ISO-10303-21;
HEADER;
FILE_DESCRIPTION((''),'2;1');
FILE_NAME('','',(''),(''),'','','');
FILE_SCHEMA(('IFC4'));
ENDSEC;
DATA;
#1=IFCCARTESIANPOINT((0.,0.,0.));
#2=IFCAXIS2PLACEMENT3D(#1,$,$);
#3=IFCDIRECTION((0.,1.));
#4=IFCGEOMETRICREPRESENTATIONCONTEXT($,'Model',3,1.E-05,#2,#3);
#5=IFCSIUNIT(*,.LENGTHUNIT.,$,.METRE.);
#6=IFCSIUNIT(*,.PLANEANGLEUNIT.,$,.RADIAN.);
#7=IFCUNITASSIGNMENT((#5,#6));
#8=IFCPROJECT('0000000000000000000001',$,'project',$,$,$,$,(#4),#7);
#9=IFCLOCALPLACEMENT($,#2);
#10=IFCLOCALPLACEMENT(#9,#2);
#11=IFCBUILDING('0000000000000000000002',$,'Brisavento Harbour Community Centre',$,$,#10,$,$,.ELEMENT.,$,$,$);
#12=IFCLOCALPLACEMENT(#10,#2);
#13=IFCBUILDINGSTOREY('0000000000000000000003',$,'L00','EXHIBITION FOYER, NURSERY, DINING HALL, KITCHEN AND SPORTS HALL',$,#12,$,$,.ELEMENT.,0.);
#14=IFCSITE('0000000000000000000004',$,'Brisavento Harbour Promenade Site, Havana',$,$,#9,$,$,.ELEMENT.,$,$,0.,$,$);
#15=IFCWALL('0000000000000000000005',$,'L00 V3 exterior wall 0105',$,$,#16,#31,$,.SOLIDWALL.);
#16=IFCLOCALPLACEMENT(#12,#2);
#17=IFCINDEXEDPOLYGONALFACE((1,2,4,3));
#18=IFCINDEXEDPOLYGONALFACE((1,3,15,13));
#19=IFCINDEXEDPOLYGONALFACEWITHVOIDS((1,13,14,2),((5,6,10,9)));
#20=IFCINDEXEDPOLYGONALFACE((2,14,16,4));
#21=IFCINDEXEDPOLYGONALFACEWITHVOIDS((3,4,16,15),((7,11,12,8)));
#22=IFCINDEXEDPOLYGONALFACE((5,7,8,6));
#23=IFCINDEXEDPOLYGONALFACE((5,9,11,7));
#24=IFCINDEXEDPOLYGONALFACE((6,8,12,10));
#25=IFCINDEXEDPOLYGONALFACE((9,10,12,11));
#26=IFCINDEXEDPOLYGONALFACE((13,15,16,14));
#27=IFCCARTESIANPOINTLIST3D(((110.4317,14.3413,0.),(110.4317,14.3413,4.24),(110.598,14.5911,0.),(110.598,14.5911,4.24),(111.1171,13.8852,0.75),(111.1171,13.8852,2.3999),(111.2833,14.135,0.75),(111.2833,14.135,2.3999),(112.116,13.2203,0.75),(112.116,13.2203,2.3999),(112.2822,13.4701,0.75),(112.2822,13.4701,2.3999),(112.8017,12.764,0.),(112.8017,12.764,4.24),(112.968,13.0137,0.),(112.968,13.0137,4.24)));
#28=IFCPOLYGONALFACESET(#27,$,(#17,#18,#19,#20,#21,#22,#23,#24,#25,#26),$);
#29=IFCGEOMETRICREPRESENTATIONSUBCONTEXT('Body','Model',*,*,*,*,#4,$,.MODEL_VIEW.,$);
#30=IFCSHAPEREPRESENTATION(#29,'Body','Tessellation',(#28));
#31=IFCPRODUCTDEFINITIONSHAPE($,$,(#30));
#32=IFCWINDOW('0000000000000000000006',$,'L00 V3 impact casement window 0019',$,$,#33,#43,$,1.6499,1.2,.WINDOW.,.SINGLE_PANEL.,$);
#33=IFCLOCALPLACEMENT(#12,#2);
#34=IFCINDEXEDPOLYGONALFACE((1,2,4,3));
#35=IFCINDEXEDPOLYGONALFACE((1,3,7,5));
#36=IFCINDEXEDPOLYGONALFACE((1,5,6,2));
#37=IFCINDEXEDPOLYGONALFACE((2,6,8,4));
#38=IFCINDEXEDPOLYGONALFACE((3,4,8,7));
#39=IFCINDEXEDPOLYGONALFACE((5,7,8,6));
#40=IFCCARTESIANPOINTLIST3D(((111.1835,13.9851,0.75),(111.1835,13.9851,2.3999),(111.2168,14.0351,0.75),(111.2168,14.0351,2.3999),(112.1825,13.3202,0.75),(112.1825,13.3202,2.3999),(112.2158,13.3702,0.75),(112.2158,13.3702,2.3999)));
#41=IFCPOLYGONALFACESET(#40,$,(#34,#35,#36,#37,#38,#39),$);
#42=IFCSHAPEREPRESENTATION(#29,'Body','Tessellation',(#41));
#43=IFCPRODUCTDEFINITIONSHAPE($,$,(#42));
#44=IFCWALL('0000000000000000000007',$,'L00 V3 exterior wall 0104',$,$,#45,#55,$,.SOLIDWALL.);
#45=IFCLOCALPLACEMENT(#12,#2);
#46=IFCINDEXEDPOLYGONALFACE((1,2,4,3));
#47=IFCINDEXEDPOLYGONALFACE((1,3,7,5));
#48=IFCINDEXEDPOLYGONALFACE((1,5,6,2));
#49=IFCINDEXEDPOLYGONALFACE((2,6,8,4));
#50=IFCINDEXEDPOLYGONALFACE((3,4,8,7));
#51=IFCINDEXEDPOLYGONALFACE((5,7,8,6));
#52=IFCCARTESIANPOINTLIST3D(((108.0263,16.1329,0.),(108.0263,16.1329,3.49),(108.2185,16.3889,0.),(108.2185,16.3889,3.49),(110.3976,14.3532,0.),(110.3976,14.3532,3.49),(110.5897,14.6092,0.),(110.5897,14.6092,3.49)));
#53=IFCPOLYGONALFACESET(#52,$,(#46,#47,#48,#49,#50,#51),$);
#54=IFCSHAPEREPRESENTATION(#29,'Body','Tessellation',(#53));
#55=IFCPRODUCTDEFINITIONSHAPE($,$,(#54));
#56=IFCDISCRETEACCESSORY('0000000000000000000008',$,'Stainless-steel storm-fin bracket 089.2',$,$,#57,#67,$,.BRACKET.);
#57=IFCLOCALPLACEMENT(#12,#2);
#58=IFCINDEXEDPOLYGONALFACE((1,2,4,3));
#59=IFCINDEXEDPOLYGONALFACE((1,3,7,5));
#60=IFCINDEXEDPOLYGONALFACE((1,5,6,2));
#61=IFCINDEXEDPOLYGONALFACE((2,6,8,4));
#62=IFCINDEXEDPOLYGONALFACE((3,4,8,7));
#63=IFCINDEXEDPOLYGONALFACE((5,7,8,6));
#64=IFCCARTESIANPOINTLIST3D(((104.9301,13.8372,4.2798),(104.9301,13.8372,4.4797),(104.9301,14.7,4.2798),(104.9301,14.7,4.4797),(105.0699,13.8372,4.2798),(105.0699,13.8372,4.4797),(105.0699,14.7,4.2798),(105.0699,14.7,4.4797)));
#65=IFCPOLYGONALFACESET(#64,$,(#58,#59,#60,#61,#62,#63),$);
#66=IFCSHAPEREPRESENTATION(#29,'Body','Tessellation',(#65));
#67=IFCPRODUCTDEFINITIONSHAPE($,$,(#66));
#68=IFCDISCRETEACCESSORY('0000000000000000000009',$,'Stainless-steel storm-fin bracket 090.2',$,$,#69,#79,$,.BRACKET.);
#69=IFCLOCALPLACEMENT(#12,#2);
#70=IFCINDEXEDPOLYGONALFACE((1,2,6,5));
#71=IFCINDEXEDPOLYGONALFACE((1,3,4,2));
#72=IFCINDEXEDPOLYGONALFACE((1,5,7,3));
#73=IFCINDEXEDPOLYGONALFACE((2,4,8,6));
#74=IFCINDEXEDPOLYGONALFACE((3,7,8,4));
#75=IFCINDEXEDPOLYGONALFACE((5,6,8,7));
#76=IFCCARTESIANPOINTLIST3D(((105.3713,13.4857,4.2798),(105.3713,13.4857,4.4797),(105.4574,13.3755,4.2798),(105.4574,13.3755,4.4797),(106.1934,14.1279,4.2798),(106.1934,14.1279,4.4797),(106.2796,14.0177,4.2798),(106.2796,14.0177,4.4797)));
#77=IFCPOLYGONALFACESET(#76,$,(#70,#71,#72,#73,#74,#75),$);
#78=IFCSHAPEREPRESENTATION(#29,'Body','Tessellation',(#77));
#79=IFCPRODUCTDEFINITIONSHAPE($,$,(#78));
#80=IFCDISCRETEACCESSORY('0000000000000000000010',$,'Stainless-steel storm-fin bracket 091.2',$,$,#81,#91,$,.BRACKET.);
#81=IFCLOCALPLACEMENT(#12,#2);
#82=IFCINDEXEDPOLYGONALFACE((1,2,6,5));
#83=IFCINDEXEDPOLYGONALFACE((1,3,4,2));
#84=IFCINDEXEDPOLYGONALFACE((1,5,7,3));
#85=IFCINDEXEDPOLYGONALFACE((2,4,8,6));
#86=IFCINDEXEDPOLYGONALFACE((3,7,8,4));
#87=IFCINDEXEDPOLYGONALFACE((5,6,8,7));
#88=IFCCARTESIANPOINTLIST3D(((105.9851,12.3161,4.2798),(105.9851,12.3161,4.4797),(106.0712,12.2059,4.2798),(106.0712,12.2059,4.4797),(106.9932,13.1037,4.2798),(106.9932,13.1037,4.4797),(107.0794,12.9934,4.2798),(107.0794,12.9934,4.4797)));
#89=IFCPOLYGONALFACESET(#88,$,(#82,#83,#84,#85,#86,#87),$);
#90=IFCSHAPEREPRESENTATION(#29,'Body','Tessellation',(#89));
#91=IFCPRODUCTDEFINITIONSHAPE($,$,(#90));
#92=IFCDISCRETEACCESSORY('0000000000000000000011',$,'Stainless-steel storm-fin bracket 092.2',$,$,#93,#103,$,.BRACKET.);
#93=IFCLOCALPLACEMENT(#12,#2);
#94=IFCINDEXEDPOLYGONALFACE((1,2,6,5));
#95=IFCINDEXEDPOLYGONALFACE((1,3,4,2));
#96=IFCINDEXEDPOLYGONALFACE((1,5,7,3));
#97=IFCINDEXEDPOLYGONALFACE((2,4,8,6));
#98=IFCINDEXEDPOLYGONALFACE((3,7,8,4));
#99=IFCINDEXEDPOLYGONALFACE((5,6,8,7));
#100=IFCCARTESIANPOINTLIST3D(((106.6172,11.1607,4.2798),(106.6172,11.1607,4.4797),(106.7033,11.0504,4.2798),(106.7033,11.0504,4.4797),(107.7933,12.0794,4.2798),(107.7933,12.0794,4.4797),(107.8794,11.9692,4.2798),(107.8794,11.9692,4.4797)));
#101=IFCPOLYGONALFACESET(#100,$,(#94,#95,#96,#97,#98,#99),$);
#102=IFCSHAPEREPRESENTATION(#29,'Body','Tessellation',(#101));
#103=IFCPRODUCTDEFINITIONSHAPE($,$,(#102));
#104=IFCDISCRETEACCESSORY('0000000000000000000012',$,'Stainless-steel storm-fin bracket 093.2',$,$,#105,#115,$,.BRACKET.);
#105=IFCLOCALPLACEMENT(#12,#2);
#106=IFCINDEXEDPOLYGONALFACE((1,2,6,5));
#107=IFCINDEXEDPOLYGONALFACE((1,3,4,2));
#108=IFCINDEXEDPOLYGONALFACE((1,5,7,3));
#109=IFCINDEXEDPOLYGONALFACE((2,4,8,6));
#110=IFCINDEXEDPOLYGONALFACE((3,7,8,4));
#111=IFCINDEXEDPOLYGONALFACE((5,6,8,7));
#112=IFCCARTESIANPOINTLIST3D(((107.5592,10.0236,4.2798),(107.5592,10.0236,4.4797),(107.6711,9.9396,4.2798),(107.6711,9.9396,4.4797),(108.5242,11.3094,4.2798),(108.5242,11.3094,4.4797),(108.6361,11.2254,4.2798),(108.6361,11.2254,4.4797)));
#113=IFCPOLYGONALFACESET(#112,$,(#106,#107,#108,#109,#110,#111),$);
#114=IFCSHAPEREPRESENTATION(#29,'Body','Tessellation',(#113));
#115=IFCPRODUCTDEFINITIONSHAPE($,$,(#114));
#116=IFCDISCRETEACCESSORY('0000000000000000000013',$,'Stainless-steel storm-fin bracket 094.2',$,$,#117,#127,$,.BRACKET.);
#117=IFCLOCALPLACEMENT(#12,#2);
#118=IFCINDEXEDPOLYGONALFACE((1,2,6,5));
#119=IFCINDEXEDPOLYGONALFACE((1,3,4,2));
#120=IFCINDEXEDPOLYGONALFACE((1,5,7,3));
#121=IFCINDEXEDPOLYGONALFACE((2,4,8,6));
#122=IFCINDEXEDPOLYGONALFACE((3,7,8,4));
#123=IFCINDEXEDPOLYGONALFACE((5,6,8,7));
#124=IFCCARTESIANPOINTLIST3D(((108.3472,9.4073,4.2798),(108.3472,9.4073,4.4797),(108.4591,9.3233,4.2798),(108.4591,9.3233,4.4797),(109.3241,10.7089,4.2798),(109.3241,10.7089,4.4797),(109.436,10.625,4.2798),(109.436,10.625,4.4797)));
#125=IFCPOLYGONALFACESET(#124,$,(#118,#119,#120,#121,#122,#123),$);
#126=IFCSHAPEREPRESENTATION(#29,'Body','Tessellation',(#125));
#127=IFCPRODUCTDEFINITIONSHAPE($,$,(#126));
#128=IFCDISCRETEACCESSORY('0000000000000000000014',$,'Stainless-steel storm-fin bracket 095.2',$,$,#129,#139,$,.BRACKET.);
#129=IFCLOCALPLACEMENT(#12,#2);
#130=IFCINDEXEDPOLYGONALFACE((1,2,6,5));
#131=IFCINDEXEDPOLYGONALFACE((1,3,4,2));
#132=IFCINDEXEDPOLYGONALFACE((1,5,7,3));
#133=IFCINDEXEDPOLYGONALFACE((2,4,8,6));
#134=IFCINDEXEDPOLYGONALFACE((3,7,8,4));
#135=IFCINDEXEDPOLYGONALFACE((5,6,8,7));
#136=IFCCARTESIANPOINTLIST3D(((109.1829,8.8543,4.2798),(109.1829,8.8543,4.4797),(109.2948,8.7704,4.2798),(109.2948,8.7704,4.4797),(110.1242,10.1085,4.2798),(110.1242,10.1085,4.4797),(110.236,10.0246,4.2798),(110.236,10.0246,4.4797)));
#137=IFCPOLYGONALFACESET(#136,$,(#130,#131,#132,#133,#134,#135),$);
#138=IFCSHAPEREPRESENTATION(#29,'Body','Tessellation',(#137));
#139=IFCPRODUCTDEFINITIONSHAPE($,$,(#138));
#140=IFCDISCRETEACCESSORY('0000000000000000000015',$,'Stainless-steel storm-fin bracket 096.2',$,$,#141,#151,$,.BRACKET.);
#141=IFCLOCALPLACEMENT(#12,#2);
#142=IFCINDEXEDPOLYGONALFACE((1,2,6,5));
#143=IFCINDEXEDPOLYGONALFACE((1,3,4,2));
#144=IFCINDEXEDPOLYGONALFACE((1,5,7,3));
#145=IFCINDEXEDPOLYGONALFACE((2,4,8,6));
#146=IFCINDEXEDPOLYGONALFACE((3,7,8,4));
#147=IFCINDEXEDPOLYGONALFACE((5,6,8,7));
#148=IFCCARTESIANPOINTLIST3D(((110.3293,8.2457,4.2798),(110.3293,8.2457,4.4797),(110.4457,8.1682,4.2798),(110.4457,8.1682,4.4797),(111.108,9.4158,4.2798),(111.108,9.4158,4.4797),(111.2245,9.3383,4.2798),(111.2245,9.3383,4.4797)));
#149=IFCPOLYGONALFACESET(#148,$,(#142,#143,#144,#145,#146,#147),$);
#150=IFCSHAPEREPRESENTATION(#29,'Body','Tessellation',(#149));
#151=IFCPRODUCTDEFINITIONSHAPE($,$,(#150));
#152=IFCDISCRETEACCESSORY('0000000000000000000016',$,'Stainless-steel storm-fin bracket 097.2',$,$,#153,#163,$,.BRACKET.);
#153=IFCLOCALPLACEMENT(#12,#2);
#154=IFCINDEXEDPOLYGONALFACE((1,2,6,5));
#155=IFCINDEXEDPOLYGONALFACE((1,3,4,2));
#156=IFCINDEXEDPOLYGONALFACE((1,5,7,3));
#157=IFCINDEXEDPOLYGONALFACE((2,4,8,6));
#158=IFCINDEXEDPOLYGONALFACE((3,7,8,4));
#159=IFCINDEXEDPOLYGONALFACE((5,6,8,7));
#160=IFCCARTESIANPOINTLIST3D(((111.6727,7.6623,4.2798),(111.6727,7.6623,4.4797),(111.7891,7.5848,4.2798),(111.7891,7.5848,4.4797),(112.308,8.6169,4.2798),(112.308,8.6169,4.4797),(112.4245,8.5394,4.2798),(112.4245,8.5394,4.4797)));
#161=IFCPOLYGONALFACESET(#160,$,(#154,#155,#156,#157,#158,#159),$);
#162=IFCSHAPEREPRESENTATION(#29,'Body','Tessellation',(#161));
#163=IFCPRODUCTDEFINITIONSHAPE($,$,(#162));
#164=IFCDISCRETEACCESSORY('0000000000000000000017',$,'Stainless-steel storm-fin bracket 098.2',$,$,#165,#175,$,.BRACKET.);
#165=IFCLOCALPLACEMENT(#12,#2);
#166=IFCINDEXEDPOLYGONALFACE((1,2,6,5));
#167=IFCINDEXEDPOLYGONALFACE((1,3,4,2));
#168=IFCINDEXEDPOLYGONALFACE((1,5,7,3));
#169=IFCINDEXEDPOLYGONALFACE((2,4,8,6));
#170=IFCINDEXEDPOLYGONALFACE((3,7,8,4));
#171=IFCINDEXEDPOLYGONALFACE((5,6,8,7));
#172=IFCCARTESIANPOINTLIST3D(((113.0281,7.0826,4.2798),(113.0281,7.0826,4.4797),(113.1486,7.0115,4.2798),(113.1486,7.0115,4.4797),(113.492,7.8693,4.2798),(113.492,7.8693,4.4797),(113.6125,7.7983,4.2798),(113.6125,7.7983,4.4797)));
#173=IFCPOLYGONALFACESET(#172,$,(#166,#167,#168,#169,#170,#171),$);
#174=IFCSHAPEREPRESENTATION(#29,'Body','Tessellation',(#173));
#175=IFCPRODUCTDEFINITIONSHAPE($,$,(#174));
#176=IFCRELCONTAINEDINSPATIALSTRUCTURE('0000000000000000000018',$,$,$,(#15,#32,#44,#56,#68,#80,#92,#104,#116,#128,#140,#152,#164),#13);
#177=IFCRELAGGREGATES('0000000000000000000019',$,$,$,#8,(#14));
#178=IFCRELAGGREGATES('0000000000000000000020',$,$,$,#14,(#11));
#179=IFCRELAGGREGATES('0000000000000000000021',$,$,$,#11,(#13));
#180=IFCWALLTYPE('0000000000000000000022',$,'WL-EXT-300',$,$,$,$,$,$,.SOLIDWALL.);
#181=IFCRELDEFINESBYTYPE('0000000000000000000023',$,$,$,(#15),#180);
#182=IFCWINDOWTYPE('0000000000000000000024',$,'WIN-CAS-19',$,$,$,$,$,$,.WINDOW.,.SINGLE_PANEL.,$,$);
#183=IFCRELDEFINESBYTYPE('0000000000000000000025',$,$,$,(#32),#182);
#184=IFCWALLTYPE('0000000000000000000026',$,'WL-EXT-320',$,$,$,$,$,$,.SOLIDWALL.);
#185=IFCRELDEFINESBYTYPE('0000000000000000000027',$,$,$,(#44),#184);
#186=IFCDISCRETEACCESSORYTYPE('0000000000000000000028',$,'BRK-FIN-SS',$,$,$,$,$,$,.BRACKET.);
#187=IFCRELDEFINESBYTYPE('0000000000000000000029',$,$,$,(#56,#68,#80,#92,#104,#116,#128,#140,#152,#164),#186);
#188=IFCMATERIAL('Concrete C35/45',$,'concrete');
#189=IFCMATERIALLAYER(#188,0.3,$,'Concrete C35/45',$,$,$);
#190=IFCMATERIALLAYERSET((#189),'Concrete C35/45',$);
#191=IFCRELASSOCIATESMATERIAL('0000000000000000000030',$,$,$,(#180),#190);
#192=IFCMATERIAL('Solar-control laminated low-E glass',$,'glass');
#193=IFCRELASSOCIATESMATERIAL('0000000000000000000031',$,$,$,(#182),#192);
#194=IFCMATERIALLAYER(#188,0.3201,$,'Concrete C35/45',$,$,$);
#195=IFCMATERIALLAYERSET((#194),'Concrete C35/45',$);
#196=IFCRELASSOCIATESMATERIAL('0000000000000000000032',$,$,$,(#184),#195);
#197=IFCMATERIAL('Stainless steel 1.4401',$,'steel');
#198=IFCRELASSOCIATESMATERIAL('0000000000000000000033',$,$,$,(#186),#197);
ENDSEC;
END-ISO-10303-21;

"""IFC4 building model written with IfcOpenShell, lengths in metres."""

from ifc_helpers import new_model, si_unit, direction, frame, frame_2d, origin, origin_2d, place, context, subcontext, project, spatial, rectangle, extrude, material, layer, layer_set, type_object, element, fill, save


model = new_model("IFC4")

# Units and contexts
model_context = context("Model", 3, precision=1e-05, world=origin(), true_north=direction((0.0, 1.0)))
body_context = subcontext(model_context, "Body", "Model", "MODEL_VIEW")
ifc_project = project(units=[si_unit("LENGTHUNIT", "METRE"), si_unit("PLANEANGLEUNIT", "RADIAN")], contexts=[model_context])

# Site, building, storey
site_placement = place(None, origin())
site = spatial("IfcSite", under=ifc_project, at=site_placement, Name="Brisavento Harbour Promenade Site, Havana", CompositionType="ELEMENT", RefElevation=0.0)
building_placement = place(site_placement, origin())
building = spatial("IfcBuilding", under=site, at=building_placement, Name="Brisavento Harbour Community Centre", CompositionType="ELEMENT")
storey_placement = place(building_placement, origin())
storey = spatial("IfcBuildingStorey", under=building, at=storey_placement, Name="L00", Description="EXHIBITION FOYER, NURSERY, DINING HALL, KITCHEN AND SPORTS HALL", CompositionType="ELEMENT", Elevation=0.0)

# Shared definitions
ifc_material_1 = material(Name="Concrete C35/45", Category="concrete")

# Shared definitions
ifc_material_2 = material(Name="Solar-control laminated low-E glass", Category="glass")

# Wall, opening, window
ifc_layer_1 = layer(ifc_material_1, 0.3, Name="Concrete C35/45")
ifc_layer_set_1 = layer_set([ifc_layer_1], Name="Concrete C35/45")
wall_type_1 = type_object("IfcWallType", Name="WL-EXT-300", PredefinedType="SOLIDWALL", material=ifc_layer_set_1)
wall_1_placement = place(storey_placement, frame((112.8848, 12.8889, 0.0), z_axis=(0.0, 0.0, 1.0), x_axis=(-0.832485, 0.554047, 0.0)))
wall_1 = element("IfcWall", 1, at=wall_1_placement, inside=storey, type_object=wall_type_1, Name="L00 V3 exterior wall 0105", PredefinedType="SOLIDWALL", context=body_context, shape_type="SweptSolid", body=[
    extrude(rectangle(XDim=2.8469, YDim=0.3, at=frame_2d((1.4233, 0.0))), origin(), (0.0, 0.0, 1.0), 4.24),
])
opening_placement = place(wall_1_placement, frame((0.8235, 0.0, 0.75)))
opening = element("IfcOpeningElement", 2, at=opening_placement, cuts=wall_1, PredefinedType="OPENING", context=body_context, shape_type="SweptSolid", body=[
    extrude(rectangle(XDim=1.2, YDim=1.6499, at=frame_2d((0.6001, 0.825))), frame((0.0, 0.1602, 0.0), z_axis=(0.0, -1.0, 0.0), x_axis=(1.0, 0.0, 0.0)), (0.0, 0.0, 1.0), 0.3201),
])
window_type = type_object("IfcWindowType", Name="WIN-CAS-19", PartitioningType="SINGLE_PANEL", PredefinedType="WINDOW", material=ifc_material_2)
window_placement = place(opening_placement, origin())
window = element("IfcWindow", 3, at=window_placement, inside=storey, type_object=window_type, Name="L00 V3 impact casement window 0019", OverallHeight=1.6499, OverallWidth=1.2, PartitioningType="SINGLE_PANEL", PredefinedType="WINDOW", context=body_context, shape_type="SweptSolid", body=[
    extrude(rectangle(XDim=1.2, YDim=1.6499, at=frame_2d((0.6001, 0.825))), frame((0.0, 0.03, 0.0), z_axis=(0.0, -1.0, 0.0), x_axis=(1.0, 0.0, 0.0)), (0.0, 0.0, 1.0), 0.0601),
])
fill(opening, window)

# Wall
ifc_layer_2 = layer(ifc_material_1, 0.3201, Name="Concrete C35/45")
ifc_layer_set_2 = layer_set([ifc_layer_2], Name="Concrete C35/45")
wall_type_2 = type_object("IfcWallType", Name="WL-EXT-320", PredefinedType="SOLIDWALL", material=ifc_layer_set_2)
wall_2_placement = place(storey_placement, frame((110.4937, 14.4812, 0.0), z_axis=(0.0, 0.0, 1.0), x_axis=(-0.799792, 0.600277, 0.0)))
element("IfcWall", 4, at=wall_2_placement, inside=storey, type_object=wall_type_2, Name="L00 V3 exterior wall 0104", PredefinedType="SOLIDWALL", context=body_context, shape_type="SweptSolid", body=[
    extrude(rectangle(XDim=2.9648, YDim=0.3201, at=frame_2d((1.4824, 0.0))), origin(), (0.0, 0.0, 1.0), 3.49),
])

# Discrete accessories
ifc_material_3 = material(Name="Stainless steel 1.4401", Category="steel")
discrete_accessory_type = type_object("IfcDiscreteAccessoryType", Name="BRK-FIN-SS", PredefinedType="BRACKET", material=ifc_material_3)
discrete_accessory_1_placement = place(storey_placement, frame((105.0, 14.2686, 4.2798), z_axis=(0.0, 0.0, 1.0), x_axis=(0.0, -1.0, 0.0)))
element("IfcDiscreteAccessory", 5, at=discrete_accessory_1_placement, inside=storey, type_object=discrete_accessory_type, Name="Stainless-steel storm-fin bracket 089.2", PredefinedType="BRACKET", context=body_context, shape_type="SweptSolid", body=[
    extrude(rectangle(XDim=0.8628, YDim=0.1399, at=origin_2d()), origin(), (0.0, 0.0, 1.0), 0.2),
])
discrete_accessory_2_placement = place(storey_placement, frame((105.8254, 13.7517, 4.2798), z_axis=(0.0, 0.0, 1.0), x_axis=(-0.788054, -0.615606, 0.0)))
element("IfcDiscreteAccessory", 6, at=discrete_accessory_2_placement, inside=storey, type_object=discrete_accessory_type, Name="Stainless-steel storm-fin bracket 090.2", PredefinedType="BRACKET", context=body_context, shape_type="SweptSolid", body=[
    extrude(rectangle(XDim=1.0432, YDim=0.1399, at=origin_2d()), origin(), (0.0, 0.0, 1.0), 0.2),
])
discrete_accessory_3_placement = place(storey_placement, frame((106.5322, 12.6548, 4.2798), z_axis=(0.0, 0.0, 1.0), x_axis=(-0.788054, -0.615606, 0.0)))
element("IfcDiscreteAccessory", 7, at=discrete_accessory_3_placement, inside=storey, type_object=discrete_accessory_type, Name="Stainless-steel storm-fin bracket 091.2", PredefinedType="BRACKET", context=body_context, shape_type="SweptSolid", body=[
    extrude(rectangle(XDim=1.2793, YDim=0.1399, at=origin_2d()), origin(), (0.0, 0.0, 1.0), 0.2),
])
discrete_accessory_4_placement = place(storey_placement, frame((107.2483, 11.5649, 4.2798), z_axis=(0.0, 0.0, 1.0), x_axis=(-0.788054, -0.615606, 0.0)))
element("IfcDiscreteAccessory", 8, at=discrete_accessory_4_placement, inside=storey, type_object=discrete_accessory_type, Name="Stainless-steel storm-fin bracket 092.2", PredefinedType="BRACKET", context=body_context, shape_type="SweptSolid", body=[
    extrude(rectangle(XDim=1.4924, YDim=0.1399, at=origin_2d()), origin(), (0.0, 0.0, 1.0), 0.2),
])
discrete_accessory_5_placement = place(storey_placement, frame((108.0977, 10.6245, 4.2798), z_axis=(0.0, 0.0, 1.0), x_axis=(-0.600253, -0.79981, 0.0)))
element("IfcDiscreteAccessory", 9, at=discrete_accessory_5_placement, inside=storey, type_object=discrete_accessory_type, Name="Stainless-steel storm-fin bracket 093.2", PredefinedType="BRACKET", context=body_context, shape_type="SweptSolid", body=[
    extrude(rectangle(XDim=1.6077, YDim=0.1399, at=origin_2d()), origin(), (0.0, 0.0, 1.0), 0.2),
])
discrete_accessory_6_placement = place(storey_placement, frame((108.8916, 10.0161, 4.2798), z_axis=(0.0, 0.0, 1.0), x_axis=(-0.600253, -0.79981, 0.0)))
element("IfcDiscreteAccessory", 10, at=discrete_accessory_6_placement, inside=storey, type_object=discrete_accessory_type, Name="Stainless-steel storm-fin bracket 094.2", PredefinedType="BRACKET", context=body_context, shape_type="SweptSolid", body=[
    extrude(rectangle(XDim=1.6274, YDim=0.1399, at=origin_2d()), origin(), (0.0, 0.0, 1.0), 0.2),
])
discrete_accessory_7_placement = place(storey_placement, frame((109.7095, 9.4395, 4.2798), z_axis=(0.0, 0.0, 1.0), x_axis=(-0.600253, -0.79981, 0.0)))
element("IfcDiscreteAccessory", 11, at=discrete_accessory_7_placement, inside=storey, type_object=discrete_accessory_type, Name="Stainless-steel storm-fin bracket 095.2", PredefinedType="BRACKET", context=body_context, shape_type="SweptSolid", body=[
    extrude(rectangle(XDim=1.5681, YDim=0.1399, at=origin_2d()), origin(), (0.0, 0.0, 1.0), 0.2),
])
discrete_accessory_8_placement = place(storey_placement, frame((110.7769, 8.792, 4.2798), z_axis=(0.0, 0.0, 1.0), x_axis=(-0.55406, -0.832477, 0.0)))
element("IfcDiscreteAccessory", 12, at=discrete_accessory_8_placement, inside=storey, type_object=discrete_accessory_type, Name="Stainless-steel storm-fin bracket 096.2", PredefinedType="BRACKET", context=body_context, shape_type="SweptSolid", body=[
    extrude(rectangle(XDim=1.4055, YDim=0.1399, at=origin_2d()), origin(), (0.0, 0.0, 1.0), 0.2),
])
discrete_accessory_9_placement = place(storey_placement, frame((112.0486, 8.1008, 4.2798), z_axis=(0.0, 0.0, 1.0), x_axis=(-0.55406, -0.832477, 0.0)))
element("IfcDiscreteAccessory", 13, at=discrete_accessory_9_placement, inside=storey, type_object=discrete_accessory_type, Name="Stainless-steel storm-fin bracket 097.2", PredefinedType="BRACKET", context=body_context, shape_type="SweptSolid", body=[
    extrude(rectangle(XDim=1.1467, YDim=0.1399, at=origin_2d()), origin(), (0.0, 0.0, 1.0), 0.2),
])
discrete_accessory_10_placement = place(storey_placement, frame((113.3203, 7.4404, 4.2798), z_axis=(0.0, 0.0, 1.0), x_axis=(-0.507869, -0.861434, 0.0)))
element("IfcDiscreteAccessory", 14, at=discrete_accessory_10_placement, inside=storey, type_object=discrete_accessory_type, Name="Stainless-steel storm-fin bracket 098.2", PredefinedType="BRACKET", context=body_context, shape_type="SweptSolid", body=[
    extrude(rectangle(XDim=0.9133, YDim=0.1399, at=origin_2d()), origin(), (0.0, 0.0, 1.0), 0.2),
])

save(model, "model.ifc")
